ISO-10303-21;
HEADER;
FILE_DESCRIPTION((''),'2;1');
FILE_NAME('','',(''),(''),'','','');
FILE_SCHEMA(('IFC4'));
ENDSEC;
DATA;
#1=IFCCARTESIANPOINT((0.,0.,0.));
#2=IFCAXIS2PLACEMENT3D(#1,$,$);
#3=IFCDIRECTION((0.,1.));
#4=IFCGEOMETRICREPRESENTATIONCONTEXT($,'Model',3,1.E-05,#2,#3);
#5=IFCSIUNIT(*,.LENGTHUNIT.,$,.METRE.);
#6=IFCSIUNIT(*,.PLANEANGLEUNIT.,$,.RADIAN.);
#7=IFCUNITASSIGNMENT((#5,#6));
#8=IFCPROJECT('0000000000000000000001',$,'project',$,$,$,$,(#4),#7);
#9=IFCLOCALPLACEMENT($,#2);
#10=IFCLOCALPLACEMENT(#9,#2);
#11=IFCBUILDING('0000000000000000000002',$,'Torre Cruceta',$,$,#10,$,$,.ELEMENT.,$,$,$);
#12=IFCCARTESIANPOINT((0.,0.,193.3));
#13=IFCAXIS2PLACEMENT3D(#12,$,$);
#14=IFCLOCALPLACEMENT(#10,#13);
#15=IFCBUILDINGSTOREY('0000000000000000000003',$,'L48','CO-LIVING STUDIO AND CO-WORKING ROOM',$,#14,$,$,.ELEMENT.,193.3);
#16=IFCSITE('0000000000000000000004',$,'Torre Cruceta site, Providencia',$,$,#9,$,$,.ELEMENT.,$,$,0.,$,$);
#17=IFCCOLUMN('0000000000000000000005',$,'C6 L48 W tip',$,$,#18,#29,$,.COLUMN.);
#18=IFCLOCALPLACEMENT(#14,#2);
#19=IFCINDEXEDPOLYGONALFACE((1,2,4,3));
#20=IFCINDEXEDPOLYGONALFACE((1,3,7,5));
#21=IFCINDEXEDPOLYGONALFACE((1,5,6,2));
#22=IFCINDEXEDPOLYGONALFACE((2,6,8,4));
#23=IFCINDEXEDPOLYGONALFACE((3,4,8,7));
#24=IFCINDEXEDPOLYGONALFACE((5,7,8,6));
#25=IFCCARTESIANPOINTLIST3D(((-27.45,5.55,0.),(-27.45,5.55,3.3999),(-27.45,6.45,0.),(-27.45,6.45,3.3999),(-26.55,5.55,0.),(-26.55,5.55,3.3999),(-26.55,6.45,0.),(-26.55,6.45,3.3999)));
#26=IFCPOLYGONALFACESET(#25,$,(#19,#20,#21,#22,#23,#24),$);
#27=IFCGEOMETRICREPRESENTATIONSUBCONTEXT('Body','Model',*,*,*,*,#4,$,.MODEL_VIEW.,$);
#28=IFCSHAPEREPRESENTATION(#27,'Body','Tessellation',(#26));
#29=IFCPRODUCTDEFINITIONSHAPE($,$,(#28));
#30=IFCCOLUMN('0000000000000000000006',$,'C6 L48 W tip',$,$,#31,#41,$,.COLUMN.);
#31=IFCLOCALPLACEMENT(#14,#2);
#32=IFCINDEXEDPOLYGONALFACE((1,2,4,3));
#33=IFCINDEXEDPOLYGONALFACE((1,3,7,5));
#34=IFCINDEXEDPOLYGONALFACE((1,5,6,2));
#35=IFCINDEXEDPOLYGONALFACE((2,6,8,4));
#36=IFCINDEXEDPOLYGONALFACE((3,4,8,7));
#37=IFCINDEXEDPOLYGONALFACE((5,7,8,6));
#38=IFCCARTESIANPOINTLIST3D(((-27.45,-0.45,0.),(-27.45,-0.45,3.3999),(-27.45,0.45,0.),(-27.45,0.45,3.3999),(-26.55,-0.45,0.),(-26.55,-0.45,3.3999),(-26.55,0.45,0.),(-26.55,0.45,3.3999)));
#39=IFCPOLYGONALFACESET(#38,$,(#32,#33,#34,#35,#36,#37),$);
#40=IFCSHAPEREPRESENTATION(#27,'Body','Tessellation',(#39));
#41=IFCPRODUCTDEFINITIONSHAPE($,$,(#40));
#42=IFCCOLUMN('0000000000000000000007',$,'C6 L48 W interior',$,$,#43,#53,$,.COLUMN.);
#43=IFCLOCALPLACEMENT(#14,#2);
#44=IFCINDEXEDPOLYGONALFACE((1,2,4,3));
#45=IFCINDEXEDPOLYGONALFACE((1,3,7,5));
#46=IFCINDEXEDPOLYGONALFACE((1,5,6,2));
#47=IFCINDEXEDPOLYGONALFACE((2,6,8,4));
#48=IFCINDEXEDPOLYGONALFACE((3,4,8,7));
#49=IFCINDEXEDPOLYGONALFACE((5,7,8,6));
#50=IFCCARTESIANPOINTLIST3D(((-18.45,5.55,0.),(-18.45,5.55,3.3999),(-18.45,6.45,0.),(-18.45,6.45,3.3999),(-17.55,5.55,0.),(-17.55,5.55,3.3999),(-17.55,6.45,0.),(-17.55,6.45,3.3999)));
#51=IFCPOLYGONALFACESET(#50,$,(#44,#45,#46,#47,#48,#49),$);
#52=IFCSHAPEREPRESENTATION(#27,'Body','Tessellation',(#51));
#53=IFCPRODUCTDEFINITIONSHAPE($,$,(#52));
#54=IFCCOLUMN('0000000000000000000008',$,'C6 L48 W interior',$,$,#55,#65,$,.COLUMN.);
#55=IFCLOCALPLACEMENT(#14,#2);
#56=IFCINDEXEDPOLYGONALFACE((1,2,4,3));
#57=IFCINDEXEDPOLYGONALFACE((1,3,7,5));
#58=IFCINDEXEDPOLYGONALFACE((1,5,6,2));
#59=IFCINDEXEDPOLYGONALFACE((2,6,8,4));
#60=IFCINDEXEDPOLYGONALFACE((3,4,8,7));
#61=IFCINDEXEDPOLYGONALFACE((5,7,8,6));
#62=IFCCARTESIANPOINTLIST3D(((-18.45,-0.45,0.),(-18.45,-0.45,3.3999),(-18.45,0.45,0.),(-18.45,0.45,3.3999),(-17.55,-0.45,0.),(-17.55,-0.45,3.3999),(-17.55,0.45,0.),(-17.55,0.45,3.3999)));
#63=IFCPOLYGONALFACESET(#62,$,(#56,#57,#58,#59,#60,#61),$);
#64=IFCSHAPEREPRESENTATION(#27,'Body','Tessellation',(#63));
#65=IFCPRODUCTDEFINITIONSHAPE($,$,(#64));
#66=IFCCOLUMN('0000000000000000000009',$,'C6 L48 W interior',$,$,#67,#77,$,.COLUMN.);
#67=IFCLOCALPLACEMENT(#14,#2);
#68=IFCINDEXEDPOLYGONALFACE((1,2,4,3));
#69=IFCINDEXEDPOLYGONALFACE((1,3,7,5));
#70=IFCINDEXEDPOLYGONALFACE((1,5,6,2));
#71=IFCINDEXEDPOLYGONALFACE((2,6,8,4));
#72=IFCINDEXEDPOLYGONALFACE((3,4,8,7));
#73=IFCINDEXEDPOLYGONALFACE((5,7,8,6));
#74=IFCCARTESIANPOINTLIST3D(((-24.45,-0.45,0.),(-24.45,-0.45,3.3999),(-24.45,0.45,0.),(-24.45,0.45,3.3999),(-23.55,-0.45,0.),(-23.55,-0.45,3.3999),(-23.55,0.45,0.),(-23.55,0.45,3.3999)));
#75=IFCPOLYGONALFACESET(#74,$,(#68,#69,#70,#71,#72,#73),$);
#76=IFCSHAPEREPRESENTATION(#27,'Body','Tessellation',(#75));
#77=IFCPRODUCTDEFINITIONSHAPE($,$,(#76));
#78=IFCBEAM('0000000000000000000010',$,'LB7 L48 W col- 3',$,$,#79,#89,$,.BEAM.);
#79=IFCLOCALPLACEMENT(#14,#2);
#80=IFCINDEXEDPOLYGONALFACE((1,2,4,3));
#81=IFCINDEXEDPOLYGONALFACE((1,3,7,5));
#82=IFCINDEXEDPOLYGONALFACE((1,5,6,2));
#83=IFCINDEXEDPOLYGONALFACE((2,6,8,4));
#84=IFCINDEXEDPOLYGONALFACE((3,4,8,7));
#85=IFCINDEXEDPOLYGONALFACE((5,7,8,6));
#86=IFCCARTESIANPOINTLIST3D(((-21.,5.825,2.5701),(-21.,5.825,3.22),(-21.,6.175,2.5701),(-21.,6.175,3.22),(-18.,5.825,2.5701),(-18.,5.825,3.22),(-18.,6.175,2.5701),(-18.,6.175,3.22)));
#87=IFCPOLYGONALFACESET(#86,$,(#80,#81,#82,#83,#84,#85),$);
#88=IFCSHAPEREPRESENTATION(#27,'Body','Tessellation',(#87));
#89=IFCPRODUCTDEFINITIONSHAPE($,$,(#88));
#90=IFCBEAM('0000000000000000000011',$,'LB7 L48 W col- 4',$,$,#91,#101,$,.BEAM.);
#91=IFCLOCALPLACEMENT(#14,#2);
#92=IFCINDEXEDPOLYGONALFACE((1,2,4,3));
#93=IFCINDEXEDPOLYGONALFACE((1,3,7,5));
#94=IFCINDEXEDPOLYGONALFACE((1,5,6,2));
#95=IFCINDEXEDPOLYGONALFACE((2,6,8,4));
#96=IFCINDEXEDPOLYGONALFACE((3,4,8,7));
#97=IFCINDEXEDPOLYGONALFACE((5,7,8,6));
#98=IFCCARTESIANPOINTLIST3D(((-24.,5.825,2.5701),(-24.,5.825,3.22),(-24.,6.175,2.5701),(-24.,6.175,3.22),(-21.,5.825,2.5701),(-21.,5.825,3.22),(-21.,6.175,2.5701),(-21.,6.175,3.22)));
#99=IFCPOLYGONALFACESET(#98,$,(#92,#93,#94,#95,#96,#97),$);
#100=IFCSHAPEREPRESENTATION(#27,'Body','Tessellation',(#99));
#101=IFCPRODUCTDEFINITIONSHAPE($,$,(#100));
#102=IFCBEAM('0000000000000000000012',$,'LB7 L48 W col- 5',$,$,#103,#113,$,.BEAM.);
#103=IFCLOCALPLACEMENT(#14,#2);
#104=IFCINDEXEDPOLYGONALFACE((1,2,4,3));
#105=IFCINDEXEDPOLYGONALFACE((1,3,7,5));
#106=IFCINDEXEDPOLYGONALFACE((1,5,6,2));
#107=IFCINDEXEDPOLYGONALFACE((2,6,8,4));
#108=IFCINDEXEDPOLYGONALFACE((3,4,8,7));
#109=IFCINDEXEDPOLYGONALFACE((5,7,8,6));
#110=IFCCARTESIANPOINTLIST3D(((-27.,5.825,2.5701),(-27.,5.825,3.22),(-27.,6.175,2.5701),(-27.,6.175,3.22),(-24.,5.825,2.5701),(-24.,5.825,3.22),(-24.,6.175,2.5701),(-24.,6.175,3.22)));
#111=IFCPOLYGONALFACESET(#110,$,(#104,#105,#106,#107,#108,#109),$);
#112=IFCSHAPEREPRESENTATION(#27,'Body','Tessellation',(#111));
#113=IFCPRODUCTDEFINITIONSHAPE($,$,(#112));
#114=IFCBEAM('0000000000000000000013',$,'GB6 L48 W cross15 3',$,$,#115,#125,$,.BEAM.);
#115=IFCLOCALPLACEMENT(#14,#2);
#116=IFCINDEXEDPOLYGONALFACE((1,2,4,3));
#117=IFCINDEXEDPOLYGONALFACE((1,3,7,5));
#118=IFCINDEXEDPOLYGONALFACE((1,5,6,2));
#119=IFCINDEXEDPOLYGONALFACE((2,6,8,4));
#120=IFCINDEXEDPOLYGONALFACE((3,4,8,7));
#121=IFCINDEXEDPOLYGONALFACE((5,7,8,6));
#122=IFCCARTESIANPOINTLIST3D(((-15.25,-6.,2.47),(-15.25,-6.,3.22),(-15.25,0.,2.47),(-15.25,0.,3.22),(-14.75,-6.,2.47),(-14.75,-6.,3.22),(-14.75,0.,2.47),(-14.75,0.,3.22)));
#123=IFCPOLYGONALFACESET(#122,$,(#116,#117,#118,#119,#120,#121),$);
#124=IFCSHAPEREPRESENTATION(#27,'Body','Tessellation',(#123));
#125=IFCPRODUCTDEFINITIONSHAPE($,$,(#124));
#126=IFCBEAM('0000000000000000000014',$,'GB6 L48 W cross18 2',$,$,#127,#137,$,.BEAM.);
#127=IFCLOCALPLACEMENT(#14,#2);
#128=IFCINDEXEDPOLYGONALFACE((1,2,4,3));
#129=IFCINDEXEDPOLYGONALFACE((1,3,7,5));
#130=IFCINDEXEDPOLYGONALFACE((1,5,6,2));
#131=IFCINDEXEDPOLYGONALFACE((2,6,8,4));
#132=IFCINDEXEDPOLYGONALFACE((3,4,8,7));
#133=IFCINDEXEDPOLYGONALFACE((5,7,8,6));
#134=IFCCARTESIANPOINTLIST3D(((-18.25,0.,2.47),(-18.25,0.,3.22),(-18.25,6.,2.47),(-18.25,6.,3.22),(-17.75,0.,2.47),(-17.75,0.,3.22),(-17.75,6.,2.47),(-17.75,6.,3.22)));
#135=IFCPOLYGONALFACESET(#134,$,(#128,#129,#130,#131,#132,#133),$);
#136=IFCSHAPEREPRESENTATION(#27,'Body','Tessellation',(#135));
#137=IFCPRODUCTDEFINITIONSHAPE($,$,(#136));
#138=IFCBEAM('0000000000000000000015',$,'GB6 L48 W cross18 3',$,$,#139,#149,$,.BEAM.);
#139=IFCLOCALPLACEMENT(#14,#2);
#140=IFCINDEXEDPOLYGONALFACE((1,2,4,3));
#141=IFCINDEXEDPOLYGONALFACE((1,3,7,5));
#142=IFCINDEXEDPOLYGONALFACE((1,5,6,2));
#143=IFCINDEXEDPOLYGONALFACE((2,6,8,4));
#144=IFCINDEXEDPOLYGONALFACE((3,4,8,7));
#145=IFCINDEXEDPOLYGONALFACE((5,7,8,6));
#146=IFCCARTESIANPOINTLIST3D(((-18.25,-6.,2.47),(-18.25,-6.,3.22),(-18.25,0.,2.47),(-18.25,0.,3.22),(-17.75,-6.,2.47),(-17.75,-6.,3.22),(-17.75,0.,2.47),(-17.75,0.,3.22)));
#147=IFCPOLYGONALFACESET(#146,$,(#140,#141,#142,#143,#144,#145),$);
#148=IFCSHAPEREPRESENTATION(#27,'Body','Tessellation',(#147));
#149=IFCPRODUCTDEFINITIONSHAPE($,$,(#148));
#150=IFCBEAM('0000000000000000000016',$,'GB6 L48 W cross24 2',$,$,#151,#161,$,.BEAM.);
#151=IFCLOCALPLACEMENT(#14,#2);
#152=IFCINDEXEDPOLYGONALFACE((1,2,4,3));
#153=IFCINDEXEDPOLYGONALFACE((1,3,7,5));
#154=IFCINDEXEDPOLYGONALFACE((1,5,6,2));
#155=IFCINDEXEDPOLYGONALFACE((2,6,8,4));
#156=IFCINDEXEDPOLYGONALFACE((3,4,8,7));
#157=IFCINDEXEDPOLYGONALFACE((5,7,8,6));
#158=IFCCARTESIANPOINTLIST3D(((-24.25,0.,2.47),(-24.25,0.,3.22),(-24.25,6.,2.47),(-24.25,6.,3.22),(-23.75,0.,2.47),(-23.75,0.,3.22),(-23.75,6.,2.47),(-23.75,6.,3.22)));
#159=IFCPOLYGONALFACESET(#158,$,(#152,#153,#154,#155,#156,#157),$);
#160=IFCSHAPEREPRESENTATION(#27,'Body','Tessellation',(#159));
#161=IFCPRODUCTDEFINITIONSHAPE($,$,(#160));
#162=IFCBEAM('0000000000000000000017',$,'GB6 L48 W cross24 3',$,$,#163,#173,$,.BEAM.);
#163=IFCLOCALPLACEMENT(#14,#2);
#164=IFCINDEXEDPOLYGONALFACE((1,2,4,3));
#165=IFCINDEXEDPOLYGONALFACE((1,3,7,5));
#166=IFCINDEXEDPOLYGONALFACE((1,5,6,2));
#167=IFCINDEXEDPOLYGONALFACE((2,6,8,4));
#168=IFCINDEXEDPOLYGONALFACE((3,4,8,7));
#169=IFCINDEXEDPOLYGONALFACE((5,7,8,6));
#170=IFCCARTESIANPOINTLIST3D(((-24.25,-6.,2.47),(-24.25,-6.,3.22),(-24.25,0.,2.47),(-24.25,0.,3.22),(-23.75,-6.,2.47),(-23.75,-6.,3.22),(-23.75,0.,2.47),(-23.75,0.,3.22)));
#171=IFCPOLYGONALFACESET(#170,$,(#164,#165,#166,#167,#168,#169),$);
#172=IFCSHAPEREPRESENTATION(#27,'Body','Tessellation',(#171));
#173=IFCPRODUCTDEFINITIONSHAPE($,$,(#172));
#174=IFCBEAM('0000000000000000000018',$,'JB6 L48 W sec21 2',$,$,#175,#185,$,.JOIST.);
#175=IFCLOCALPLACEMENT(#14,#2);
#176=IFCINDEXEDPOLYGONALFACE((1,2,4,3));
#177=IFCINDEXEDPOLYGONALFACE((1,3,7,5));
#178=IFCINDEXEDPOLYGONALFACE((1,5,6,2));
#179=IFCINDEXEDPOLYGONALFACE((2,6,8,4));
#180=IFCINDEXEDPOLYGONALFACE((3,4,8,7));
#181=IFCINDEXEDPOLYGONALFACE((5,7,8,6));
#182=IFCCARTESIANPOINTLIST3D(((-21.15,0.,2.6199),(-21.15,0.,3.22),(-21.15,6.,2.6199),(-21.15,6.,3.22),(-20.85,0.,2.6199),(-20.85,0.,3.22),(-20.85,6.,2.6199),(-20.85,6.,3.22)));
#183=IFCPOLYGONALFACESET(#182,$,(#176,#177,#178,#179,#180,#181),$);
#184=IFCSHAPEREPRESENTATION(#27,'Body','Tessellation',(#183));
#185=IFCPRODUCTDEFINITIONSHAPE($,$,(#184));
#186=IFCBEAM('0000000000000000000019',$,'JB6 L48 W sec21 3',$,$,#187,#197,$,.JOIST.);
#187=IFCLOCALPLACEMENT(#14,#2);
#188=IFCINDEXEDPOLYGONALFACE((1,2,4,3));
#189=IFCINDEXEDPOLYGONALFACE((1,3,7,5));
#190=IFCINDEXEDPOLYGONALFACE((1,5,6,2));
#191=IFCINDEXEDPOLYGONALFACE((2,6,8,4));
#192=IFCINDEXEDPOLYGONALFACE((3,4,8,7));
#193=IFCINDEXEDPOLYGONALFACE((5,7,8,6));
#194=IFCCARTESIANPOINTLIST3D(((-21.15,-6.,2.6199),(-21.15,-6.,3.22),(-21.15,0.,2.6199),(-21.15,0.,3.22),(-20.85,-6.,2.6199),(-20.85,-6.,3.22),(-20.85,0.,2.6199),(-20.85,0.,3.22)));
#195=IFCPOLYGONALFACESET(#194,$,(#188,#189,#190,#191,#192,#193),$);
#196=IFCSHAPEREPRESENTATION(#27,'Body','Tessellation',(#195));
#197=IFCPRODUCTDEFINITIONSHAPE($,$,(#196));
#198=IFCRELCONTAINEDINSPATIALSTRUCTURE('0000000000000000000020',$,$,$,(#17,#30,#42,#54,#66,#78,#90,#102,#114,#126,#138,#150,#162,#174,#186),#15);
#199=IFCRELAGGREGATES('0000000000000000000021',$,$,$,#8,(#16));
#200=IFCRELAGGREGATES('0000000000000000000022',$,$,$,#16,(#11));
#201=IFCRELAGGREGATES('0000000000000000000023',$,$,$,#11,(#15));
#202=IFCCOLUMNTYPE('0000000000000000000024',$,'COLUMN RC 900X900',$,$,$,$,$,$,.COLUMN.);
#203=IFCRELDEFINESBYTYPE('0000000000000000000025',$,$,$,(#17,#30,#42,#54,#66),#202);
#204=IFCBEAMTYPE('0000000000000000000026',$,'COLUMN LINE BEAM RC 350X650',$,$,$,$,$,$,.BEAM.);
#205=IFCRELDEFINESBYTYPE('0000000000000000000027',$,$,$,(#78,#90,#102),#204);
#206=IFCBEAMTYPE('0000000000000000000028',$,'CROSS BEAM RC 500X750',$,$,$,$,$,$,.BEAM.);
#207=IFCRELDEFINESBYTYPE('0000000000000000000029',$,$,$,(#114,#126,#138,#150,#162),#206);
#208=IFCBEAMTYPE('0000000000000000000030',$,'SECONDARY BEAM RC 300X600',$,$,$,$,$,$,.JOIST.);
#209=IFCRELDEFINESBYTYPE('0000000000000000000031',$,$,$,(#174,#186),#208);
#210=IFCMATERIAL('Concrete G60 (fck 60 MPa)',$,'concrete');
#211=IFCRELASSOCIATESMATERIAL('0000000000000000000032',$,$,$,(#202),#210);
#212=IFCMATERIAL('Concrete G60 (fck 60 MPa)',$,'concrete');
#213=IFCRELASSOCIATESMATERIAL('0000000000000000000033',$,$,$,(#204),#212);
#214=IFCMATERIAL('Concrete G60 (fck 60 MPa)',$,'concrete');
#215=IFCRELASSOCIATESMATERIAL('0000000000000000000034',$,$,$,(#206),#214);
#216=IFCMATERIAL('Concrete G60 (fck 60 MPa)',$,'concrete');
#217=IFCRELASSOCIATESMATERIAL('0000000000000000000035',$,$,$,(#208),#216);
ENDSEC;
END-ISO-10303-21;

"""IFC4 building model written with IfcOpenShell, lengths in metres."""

from ifc_helpers import new_model, si_unit, direction, frame, origin, origin_2d, place, context, subcontext, project, spatial, rectangle, extrude, material, material_profile, profile_set, type_object, element, save


model = new_model("IFC4")

# Units and contexts
model_context = context("Model", 3, precision=1e-05, world=origin(), true_north=direction((0.0, 1.0)))
body_context = subcontext(model_context, "Body", "Model", "MODEL_VIEW")
ifc_project = project(units=[si_unit("LENGTHUNIT", "METRE"), si_unit("PLANEANGLEUNIT", "RADIAN")], contexts=[model_context])

# Site, building, storey
site_placement = place(None, origin())
site = spatial("IfcSite", under=ifc_project, at=site_placement, Name="Torre Cruceta site, Providencia", CompositionType="ELEMENT", RefElevation=0.0)
building_placement = place(site_placement, origin())
building = spatial("IfcBuilding", under=site, at=building_placement, Name="Torre Cruceta", CompositionType="ELEMENT")
storey_placement = place(building_placement, frame((0.0, 0.0, 193.3)))
storey = spatial("IfcBuildingStorey", under=building, at=storey_placement, Name="L48", Description="CO-LIVING STUDIO AND CO-WORKING ROOM", CompositionType="ELEMENT", Elevation=193.3)

# Columns
ifc_material_1 = material(Name="Concrete G60 (fck 60 MPa)", Category="concrete")
ifc_material_profile_1 = material_profile(ifc_material_1, rectangle(XDim=0.8999, YDim=0.8999, at=origin_2d()), Name="RC 900X900")
ifc_profile_set_1 = profile_set([ifc_material_profile_1], Name="Concrete G60 (fck 60 MPa)")
column_type = type_object("IfcColumnType", Name="COLUMN RC 900X900", PredefinedType="COLUMN", material=ifc_profile_set_1)
for number, where, z_axis, x_axis, name in (
    (1, (-27.0, 6.0, 0.0), (0.0, 0.0, 1.0), (1.0, 0.0, 0.0), "C6 L48 W tip"),
    (2, (-27.0, 0.0, 0.0), (0.0, 0.0, 1.0), (1.0, 0.0, 0.0), "C6 L48 W tip"),
    (3, (-18.0, 6.0, 0.0), (0.0, 0.0, 1.0), (1.0, 0.0, 0.0), "C6 L48 W interior"),
    (4, (-18.0, 0.0, 0.0), (0.0, 0.0, 1.0), (1.0, 0.0, 0.0), "C6 L48 W interior"),
    (5, (-24.0, 0.0, 0.0), (0.0, 0.0, 1.0), (1.0, 0.0, 0.0), "C6 L48 W interior"),
):
    element("IfcColumn", number, at=place(storey_placement, frame(where, z_axis=z_axis, x_axis=x_axis)), inside=storey, type_object=column_type, Name=name, PredefinedType="COLUMN", context=body_context, shape_type="SweptSolid", body=[
        extrude(rectangle(XDim=0.8999, YDim=0.8999, at=origin_2d()), origin(), (0.0, 0.0, 1.0), 3.3999),
    ])

# Beams
ifc_material_2 = material(Name="Concrete G60 (fck 60 MPa)", Category="concrete")
ifc_material_profile_2 = material_profile(ifc_material_2, rectangle(XDim=0.3501, YDim=0.6499, at=origin_2d()), Name="RC 350X650")
ifc_profile_set_2 = profile_set([ifc_material_profile_2], Name="Concrete G60 (fck 60 MPa)")
beam_type_1 = type_object("IfcBeamType", Name="COLUMN LINE BEAM RC 350X650", PredefinedType="BEAM", material=ifc_profile_set_2)
for number, where, z_axis, x_axis, name in (
    (6, (-18.0, 6.0, 2.895), (-1.0, 0.0, 0.0), (0.0, -1.0, 0.0), "LB7 L48 W col- 3"),
    (7, (-21.0, 6.0, 2.895), (-1.0, 0.0, 0.0), (0.0, -1.0, 0.0), "LB7 L48 W col- 4"),
    (8, (-24.0, 6.0, 2.895), (-1.0, 0.0, 0.0), (0.0, -1.0, 0.0), "LB7 L48 W col- 5"),
):
    element("IfcBeam", number, at=place(storey_placement, frame(where, z_axis=z_axis, x_axis=x_axis)), inside=storey, type_object=beam_type_1, Name=name, PredefinedType="BEAM", context=body_context, shape_type="SweptSolid", body=[
        extrude(rectangle(XDim=0.3501, YDim=0.6499, at=origin_2d()), origin(), (0.0, 0.0, 1.0), 3.0),
    ])
ifc_material_3 = material(Name="Concrete G60 (fck 60 MPa)", Category="concrete")
ifc_material_profile_3 = material_profile(ifc_material_3, rectangle(XDim=0.5, YDim=0.75, at=origin_2d()), Name="RC 500X750")
ifc_profile_set_3 = profile_set([ifc_material_profile_3], Name="Concrete G60 (fck 60 MPa)")
beam_type_2 = type_object("IfcBeamType", Name="CROSS BEAM RC 500X750", PredefinedType="BEAM", material=ifc_profile_set_3)
for number, where, z_axis, x_axis, name in (
    (9, (-15.0, 0.0, 2.845), (0.0, -1.0, 0.0), (1.0, 0.0, 0.0), "GB6 L48 W cross15 3"),
    (10, (-18.0, 6.0, 2.845), (0.0, -1.0, 0.0), (1.0, 0.0, 0.0), "GB6 L48 W cross18 2"),
    (11, (-18.0, 0.0, 2.845), (0.0, -1.0, 0.0), (1.0, 0.0, 0.0), "GB6 L48 W cross18 3"),
    (12, (-24.0, 6.0, 2.845), (0.0, -1.0, 0.0), (1.0, 0.0, 0.0), "GB6 L48 W cross24 2"),
    (13, (-24.0, 0.0, 2.845), (0.0, -1.0, 0.0), (1.0, 0.0, 0.0), "GB6 L48 W cross24 3"),
):
    element("IfcBeam", number, at=place(storey_placement, frame(where, z_axis=z_axis, x_axis=x_axis)), inside=storey, type_object=beam_type_2, Name=name, PredefinedType="BEAM", context=body_context, shape_type="SweptSolid", body=[
        extrude(rectangle(XDim=0.5, YDim=0.75, at=origin_2d()), origin(), (0.0, 0.0, 1.0), 6.0),
    ])
ifc_material_4 = material(Name="Concrete G60 (fck 60 MPa)", Category="concrete")
ifc_material_profile_4 = material_profile(ifc_material_4, rectangle(XDim=0.3, YDim=0.6001, at=origin_2d()), Name="RC 300X600")
ifc_profile_set_4 = profile_set([ifc_material_profile_4], Name="Concrete G60 (fck 60 MPa)")
beam_type_3 = type_object("IfcBeamType", Name="SECONDARY BEAM RC 300X600", PredefinedType="JOIST", material=ifc_profile_set_4)
for number, where, z_axis, x_axis, name in (
    (14, (-21.0, 6.0, 2.9199), (0.0, -1.0, 0.0), (1.0, 0.0, 0.0), "JB6 L48 W sec21 2"),
    (15, (-21.0, 0.0, 2.9199), (0.0, -1.0, 0.0), (1.0, 0.0, 0.0), "JB6 L48 W sec21 3"),
):
    element("IfcBeam", number, at=place(storey_placement, frame(where, z_axis=z_axis, x_axis=x_axis)), inside=storey, type_object=beam_type_3, Name=name, PredefinedType="JOIST", context=body_context, shape_type="SweptSolid", body=[
        extrude(rectangle(XDim=0.3, YDim=0.6001, at=origin_2d()), origin(), (0.0, 0.0, 1.0), 6.0),
    ])

save(model, "model.ifc")
